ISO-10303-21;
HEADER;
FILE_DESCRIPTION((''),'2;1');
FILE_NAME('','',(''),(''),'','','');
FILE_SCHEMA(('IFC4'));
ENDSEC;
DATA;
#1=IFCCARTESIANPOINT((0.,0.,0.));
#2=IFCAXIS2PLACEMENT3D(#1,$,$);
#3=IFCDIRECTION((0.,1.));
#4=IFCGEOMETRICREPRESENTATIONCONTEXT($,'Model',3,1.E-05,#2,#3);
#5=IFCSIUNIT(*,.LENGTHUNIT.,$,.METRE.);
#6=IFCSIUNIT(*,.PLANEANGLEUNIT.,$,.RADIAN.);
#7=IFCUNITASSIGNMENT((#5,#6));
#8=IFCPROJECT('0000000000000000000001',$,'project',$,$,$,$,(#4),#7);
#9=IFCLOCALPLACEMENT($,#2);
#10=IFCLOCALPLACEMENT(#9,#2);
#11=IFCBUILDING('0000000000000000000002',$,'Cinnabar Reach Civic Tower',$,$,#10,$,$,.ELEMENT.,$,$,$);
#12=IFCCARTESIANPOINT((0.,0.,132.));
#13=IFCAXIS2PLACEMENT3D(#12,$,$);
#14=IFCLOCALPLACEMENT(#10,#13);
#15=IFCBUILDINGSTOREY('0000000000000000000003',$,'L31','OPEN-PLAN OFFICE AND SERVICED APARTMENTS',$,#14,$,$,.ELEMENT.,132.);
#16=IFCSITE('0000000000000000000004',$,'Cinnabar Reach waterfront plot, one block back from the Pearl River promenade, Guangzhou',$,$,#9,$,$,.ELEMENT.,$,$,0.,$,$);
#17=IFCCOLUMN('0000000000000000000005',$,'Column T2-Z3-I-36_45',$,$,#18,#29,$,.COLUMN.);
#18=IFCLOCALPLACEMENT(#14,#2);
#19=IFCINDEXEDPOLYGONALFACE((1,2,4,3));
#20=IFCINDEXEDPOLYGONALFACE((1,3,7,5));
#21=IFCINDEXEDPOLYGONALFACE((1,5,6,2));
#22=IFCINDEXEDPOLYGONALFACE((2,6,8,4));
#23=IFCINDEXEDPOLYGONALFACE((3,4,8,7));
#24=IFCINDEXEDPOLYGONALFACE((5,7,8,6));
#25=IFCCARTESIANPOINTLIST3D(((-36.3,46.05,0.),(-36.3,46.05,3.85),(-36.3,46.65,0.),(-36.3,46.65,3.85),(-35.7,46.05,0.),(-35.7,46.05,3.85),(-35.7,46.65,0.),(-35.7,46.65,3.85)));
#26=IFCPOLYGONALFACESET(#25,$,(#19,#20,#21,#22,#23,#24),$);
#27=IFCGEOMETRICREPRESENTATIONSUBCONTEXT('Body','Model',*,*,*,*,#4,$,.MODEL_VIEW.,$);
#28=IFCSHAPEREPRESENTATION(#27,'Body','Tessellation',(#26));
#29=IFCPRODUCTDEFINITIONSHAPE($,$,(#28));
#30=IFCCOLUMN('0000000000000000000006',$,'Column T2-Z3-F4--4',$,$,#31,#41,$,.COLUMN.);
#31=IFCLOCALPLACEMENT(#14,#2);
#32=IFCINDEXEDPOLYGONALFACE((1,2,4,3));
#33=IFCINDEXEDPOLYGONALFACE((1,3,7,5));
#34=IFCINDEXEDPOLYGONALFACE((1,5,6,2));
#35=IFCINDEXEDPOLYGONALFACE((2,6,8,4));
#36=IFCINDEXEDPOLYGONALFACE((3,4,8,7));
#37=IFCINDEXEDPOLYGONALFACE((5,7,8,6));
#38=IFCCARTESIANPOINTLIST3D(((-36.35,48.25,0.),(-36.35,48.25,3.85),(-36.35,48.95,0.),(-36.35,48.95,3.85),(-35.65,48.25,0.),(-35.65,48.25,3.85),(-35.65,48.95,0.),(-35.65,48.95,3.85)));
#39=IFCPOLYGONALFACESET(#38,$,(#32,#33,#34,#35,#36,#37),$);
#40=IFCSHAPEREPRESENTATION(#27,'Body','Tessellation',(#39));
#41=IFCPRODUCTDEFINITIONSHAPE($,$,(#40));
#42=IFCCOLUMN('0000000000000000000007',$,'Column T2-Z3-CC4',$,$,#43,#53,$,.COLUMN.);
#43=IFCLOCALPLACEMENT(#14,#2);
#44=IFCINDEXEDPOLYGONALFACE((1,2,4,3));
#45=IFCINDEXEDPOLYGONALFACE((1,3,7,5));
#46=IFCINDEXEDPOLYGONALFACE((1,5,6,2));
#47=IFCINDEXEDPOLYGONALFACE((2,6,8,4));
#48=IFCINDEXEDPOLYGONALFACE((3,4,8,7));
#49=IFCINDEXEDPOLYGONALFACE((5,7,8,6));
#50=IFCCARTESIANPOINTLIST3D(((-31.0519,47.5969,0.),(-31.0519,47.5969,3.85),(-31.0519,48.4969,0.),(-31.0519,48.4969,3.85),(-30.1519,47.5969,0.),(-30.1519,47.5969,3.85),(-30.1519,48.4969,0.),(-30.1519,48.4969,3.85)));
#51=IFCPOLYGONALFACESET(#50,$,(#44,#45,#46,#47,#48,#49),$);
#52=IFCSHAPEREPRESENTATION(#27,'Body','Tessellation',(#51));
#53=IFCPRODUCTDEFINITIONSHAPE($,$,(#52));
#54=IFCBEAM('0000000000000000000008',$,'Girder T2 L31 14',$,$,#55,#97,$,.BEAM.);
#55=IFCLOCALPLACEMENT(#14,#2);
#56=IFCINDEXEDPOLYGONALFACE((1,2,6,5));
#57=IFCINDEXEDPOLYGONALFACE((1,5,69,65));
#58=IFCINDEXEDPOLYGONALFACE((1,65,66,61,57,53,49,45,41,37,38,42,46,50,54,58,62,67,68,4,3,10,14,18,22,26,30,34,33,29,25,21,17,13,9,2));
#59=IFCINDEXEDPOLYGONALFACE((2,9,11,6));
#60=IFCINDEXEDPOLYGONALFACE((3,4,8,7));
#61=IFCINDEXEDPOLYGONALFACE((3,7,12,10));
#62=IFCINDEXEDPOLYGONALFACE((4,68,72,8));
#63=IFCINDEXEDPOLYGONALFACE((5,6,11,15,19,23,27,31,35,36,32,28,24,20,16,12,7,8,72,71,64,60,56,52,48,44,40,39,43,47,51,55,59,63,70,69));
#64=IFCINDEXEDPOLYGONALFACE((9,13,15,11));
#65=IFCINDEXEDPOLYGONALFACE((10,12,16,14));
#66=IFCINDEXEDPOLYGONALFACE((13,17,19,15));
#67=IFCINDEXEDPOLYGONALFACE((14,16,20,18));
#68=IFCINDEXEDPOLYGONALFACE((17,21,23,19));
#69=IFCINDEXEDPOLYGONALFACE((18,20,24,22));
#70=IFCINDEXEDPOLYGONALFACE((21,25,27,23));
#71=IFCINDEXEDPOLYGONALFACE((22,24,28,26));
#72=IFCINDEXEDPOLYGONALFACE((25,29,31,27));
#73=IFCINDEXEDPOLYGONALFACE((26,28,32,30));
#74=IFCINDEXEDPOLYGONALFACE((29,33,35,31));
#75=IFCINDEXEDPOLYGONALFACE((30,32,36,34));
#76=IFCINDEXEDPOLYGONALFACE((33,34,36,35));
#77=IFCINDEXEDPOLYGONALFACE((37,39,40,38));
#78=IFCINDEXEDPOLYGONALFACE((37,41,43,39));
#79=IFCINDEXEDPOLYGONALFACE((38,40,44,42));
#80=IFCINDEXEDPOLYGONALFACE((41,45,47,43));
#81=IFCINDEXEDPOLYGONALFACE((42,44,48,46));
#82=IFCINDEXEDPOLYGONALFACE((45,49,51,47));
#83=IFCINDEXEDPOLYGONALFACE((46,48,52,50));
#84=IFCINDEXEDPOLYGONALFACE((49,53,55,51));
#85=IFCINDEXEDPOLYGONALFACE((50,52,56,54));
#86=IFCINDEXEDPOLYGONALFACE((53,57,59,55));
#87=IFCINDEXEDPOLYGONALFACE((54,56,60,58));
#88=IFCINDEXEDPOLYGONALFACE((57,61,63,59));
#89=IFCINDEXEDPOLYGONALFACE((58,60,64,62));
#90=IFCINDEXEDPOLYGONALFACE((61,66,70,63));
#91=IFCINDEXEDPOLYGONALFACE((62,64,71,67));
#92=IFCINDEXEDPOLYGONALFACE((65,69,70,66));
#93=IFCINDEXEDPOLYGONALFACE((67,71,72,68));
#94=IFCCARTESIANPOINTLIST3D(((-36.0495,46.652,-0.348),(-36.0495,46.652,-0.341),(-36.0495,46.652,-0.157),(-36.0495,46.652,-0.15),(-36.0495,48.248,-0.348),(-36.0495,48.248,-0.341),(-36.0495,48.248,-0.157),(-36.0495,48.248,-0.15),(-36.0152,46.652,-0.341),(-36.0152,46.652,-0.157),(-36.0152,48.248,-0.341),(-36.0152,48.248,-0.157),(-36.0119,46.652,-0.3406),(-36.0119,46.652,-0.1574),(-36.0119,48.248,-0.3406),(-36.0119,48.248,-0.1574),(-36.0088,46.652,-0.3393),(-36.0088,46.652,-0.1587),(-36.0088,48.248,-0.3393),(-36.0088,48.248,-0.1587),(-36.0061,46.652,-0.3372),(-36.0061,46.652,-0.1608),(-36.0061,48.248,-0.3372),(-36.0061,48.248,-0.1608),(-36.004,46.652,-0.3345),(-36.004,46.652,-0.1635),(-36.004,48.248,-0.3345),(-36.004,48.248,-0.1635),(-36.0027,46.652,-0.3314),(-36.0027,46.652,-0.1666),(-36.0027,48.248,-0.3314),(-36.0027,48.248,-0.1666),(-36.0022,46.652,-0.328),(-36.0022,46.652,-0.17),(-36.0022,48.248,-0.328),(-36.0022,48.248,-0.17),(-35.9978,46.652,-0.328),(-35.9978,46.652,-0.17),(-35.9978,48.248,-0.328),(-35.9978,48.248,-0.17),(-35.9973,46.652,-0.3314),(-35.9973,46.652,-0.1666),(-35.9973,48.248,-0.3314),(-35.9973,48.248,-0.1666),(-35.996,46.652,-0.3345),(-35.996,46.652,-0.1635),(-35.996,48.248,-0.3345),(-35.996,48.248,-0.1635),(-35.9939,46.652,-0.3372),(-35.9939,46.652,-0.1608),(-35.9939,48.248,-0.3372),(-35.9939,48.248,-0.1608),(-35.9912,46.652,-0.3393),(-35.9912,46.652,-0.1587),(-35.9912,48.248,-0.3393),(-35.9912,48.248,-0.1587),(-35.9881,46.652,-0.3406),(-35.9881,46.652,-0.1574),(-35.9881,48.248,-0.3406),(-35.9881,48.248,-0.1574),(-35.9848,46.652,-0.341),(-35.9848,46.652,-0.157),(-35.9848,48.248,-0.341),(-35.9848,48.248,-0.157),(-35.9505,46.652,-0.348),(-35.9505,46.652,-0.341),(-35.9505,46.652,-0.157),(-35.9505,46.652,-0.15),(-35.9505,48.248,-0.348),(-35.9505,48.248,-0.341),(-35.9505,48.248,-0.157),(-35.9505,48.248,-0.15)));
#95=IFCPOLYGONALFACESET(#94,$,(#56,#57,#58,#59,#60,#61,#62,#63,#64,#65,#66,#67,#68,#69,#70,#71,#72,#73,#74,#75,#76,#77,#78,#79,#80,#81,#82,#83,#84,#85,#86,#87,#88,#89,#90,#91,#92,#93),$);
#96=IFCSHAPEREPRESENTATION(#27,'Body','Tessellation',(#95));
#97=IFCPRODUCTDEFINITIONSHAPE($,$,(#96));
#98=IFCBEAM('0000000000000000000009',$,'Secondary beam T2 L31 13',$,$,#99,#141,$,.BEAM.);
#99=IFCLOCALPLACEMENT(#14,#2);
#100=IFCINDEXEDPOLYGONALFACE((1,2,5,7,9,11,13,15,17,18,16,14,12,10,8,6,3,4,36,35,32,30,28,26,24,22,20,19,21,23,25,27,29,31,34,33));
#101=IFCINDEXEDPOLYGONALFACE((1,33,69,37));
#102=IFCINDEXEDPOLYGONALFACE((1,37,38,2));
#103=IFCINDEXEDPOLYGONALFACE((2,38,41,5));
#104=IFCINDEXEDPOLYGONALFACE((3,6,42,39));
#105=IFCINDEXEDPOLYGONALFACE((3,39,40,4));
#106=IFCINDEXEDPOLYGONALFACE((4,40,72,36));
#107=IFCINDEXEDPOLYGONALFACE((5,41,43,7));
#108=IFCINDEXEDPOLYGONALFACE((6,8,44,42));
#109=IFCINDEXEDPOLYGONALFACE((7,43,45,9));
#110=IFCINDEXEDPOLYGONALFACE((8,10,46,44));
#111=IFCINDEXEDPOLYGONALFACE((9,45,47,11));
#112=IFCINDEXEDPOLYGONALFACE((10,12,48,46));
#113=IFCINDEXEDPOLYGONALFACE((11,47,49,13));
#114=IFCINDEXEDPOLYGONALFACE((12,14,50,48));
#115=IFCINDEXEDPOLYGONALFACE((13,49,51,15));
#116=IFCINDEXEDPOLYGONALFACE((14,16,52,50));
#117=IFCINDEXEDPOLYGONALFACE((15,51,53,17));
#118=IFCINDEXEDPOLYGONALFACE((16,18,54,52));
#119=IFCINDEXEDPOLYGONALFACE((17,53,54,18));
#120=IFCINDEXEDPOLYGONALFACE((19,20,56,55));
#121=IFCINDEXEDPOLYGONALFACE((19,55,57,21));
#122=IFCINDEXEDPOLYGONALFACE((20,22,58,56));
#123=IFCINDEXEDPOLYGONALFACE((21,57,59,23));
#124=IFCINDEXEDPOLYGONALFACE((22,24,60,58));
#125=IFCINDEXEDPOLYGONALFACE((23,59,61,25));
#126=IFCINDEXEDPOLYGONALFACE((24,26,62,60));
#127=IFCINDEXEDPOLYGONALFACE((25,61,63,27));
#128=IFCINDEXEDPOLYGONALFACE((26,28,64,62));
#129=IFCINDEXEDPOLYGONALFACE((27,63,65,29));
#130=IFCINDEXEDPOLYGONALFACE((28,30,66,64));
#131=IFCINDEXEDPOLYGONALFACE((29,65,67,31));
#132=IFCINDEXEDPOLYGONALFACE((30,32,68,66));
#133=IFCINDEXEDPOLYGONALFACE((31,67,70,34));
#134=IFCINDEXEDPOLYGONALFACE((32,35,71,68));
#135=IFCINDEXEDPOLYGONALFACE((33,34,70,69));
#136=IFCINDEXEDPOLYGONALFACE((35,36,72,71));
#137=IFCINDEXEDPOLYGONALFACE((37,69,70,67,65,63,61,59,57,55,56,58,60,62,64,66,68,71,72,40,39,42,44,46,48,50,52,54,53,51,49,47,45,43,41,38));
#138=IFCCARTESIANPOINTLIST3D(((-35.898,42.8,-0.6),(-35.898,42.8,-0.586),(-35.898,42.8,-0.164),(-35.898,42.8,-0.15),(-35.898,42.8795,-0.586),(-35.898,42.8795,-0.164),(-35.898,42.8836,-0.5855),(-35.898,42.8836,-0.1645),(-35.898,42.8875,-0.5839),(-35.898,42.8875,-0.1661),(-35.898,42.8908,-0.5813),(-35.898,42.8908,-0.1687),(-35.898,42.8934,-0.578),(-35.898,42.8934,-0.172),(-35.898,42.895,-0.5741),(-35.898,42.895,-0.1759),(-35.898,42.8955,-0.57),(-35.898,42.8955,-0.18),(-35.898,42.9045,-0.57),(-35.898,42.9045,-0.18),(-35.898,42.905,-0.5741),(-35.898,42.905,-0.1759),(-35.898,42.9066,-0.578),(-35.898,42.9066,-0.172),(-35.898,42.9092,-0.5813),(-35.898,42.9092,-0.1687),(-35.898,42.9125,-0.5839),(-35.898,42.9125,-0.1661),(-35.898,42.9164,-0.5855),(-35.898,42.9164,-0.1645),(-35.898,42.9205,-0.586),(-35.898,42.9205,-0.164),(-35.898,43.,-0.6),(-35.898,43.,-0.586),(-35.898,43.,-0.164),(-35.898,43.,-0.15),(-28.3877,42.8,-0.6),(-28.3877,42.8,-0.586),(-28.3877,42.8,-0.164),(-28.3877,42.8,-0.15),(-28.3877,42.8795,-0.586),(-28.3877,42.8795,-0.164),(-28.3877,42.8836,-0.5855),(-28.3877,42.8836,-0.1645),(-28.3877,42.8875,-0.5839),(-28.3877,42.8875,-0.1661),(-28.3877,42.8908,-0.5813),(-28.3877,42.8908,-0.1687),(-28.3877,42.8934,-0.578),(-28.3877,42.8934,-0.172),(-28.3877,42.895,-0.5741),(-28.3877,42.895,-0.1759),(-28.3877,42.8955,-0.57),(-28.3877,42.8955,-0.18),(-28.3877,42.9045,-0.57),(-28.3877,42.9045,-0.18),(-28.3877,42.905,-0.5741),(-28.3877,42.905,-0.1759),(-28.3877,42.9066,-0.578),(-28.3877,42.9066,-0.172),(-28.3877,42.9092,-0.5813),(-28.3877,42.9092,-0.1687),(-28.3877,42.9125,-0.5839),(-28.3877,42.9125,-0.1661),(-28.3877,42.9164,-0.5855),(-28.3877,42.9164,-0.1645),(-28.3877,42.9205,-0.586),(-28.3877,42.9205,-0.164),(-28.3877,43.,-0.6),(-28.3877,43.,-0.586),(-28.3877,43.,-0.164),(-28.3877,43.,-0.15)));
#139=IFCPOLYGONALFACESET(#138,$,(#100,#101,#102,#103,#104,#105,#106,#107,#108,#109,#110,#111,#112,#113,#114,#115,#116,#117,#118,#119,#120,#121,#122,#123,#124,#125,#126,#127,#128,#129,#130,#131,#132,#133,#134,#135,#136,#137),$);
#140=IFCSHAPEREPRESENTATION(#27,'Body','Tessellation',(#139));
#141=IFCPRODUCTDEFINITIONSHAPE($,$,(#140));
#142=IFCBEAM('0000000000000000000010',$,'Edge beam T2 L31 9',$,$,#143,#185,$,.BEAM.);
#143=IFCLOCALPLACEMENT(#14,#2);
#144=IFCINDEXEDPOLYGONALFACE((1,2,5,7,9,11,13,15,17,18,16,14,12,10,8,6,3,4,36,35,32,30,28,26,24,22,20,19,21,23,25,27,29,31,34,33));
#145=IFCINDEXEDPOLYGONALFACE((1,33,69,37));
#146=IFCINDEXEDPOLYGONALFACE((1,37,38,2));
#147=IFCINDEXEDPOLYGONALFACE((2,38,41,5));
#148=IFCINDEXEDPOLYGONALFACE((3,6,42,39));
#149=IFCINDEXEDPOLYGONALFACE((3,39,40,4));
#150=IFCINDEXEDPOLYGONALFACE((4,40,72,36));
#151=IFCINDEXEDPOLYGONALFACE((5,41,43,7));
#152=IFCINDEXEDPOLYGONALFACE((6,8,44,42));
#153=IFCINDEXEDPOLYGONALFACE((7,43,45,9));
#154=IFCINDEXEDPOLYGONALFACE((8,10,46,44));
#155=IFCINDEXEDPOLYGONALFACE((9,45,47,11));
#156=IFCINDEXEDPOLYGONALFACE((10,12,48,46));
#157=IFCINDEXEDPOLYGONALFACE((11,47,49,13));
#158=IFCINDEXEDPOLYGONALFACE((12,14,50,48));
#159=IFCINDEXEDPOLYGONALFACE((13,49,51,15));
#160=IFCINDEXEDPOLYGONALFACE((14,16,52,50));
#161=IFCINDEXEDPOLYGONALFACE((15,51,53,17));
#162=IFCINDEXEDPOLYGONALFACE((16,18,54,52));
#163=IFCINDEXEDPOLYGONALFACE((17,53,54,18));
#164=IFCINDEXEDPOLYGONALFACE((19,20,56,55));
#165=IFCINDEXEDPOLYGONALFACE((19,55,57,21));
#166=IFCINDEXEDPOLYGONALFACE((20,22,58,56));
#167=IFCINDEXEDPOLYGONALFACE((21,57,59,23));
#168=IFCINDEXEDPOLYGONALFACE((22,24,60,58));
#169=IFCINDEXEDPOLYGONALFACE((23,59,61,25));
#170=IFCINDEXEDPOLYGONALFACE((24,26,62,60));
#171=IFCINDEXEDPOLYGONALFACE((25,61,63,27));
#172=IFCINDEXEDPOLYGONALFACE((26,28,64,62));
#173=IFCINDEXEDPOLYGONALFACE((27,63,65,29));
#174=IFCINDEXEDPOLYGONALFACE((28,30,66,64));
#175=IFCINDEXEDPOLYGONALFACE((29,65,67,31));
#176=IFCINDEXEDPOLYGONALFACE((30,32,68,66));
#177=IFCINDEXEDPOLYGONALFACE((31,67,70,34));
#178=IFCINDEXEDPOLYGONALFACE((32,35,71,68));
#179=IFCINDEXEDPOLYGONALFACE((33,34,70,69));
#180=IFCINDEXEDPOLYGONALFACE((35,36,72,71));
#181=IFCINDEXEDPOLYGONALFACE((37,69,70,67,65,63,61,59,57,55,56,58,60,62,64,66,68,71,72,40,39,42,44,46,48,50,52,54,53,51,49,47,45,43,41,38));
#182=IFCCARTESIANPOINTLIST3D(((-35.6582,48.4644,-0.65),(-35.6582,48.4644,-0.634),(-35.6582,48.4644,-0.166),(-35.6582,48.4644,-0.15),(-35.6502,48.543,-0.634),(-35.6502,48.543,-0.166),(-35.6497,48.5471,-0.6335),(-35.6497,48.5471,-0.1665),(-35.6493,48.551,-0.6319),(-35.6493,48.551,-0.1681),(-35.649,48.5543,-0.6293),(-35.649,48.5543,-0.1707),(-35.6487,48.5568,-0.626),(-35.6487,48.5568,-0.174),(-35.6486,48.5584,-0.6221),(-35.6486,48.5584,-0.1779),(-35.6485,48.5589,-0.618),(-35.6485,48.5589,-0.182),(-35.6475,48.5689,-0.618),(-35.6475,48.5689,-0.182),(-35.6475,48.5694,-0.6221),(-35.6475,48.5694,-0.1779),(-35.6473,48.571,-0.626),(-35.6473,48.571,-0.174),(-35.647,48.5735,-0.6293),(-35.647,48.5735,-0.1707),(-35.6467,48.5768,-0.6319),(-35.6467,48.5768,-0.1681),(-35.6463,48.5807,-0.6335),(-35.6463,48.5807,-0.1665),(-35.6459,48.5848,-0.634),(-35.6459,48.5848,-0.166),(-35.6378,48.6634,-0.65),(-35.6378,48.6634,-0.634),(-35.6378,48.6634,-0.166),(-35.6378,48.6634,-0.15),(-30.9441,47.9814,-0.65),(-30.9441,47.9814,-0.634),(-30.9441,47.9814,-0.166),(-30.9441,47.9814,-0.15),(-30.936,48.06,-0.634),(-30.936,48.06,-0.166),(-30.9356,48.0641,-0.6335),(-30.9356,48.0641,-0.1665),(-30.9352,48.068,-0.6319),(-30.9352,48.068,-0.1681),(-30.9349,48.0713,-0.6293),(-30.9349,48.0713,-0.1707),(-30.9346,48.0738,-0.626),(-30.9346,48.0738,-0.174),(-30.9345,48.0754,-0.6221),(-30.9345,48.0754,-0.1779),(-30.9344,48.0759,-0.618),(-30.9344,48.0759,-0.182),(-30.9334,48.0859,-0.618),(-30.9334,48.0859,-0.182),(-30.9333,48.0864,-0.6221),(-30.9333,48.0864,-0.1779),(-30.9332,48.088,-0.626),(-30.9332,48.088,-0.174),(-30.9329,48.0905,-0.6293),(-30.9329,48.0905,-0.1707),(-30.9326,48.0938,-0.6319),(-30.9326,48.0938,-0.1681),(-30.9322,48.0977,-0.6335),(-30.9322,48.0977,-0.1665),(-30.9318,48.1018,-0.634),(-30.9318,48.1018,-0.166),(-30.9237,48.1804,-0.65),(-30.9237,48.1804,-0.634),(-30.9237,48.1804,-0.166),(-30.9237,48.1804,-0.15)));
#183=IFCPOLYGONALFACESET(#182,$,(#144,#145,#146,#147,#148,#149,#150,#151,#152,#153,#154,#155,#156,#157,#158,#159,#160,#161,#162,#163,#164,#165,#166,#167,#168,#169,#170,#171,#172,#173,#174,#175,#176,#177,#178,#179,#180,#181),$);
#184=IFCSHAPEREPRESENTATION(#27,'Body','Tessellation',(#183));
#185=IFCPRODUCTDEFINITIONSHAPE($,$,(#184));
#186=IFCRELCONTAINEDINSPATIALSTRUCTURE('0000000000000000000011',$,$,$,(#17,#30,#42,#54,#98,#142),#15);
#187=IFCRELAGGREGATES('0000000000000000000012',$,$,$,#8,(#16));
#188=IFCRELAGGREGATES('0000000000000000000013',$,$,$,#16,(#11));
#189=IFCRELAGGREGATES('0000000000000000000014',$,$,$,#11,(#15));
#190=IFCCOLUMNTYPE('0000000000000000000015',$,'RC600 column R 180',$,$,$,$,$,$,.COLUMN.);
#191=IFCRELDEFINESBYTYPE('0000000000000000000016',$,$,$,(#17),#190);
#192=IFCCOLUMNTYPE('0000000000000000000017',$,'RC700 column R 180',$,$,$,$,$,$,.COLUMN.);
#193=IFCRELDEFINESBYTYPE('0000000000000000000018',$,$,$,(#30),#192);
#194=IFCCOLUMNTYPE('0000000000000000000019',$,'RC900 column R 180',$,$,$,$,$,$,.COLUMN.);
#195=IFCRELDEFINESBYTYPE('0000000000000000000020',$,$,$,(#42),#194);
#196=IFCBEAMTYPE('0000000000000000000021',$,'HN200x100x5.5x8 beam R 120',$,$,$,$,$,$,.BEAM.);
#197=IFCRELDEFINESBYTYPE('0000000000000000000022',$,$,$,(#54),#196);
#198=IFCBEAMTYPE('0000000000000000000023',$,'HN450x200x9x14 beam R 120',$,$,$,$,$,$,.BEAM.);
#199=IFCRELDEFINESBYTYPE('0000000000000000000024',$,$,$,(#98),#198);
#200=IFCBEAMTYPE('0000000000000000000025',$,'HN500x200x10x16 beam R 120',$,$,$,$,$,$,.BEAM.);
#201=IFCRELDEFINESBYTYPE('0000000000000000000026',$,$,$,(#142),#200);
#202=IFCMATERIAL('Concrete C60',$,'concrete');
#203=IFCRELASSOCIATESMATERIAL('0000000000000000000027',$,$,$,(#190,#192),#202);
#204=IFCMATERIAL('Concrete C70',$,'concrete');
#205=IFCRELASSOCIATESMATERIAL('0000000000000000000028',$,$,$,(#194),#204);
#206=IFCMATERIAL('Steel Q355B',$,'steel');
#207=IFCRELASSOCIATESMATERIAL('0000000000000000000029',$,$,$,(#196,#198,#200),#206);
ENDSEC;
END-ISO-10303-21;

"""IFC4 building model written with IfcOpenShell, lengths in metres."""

from ifc_helpers import new_model, si_unit, direction, frame, origin, origin_2d, place, context, subcontext, project, spatial, rectangle, i_section, extrude, material, material_profile, profile_set, type_object, element, save


model = new_model("IFC4")

# Units and contexts
model_context = context("Model", 3, precision=1e-05, world=origin(), true_north=direction((0.0, 1.0)))
body_context = subcontext(model_context, "Body", "Model", "MODEL_VIEW")
ifc_project = project(units=[si_unit("LENGTHUNIT", "METRE"), si_unit("PLANEANGLEUNIT", "RADIAN")], contexts=[model_context])

# Site, building, storey
site_placement = place(None, origin())
site = spatial("IfcSite", under=ifc_project, at=site_placement, Name="Cinnabar Reach waterfront plot, one block back from the Pearl River promenade, Guangzhou", CompositionType="ELEMENT", RefElevation=0.0)
building_placement = place(site_placement, origin())
building = spatial("IfcBuilding", under=site, at=building_placement, Name="Cinnabar Reach Civic Tower", CompositionType="ELEMENT")
storey_placement = place(building_placement, frame((0.0, 0.0, 132.0)))
storey = spatial("IfcBuildingStorey", under=building, at=storey_placement, Name="L31", Description="OPEN-PLAN OFFICE AND SERVICED APARTMENTS", CompositionType="ELEMENT", Elevation=132.0)

# Columns
ifc_material_1 = material(Name="Concrete C60", Category="concrete")
ifc_material_profile_1 = material_profile(ifc_material_1, rectangle(XDim=0.6, YDim=0.6, at=origin_2d()), Name="RC600")
ifc_profile_set_1 = profile_set([ifc_material_profile_1], Name="Concrete C60")
column_type_1 = type_object("IfcColumnType", Name="RC600 column R 180", PredefinedType="COLUMN", material=ifc_profile_set_1)
column_1_placement = place(storey_placement, frame((-36.0, 46.35, 0.0), z_axis=(0.0, 0.0, 1.0), x_axis=(1.0, 0.0, 0.0)))
element("IfcColumn", 1, at=column_1_placement, inside=storey, type_object=column_type_1, Name="Column T2-Z3-I-36_45", PredefinedType="COLUMN", context=body_context, shape_type="SweptSolid", body=[
    extrude(rectangle(XDim=0.6, YDim=0.6, at=origin_2d()), origin(), (0.0, 0.0, 1.0), 3.85),
])
ifc_material_profile_2 = material_profile(ifc_material_1, rectangle(XDim=0.7, YDim=0.7, at=origin_2d()), Name="RC700")
ifc_profile_set_2 = profile_set([ifc_material_profile_2], Name="Concrete C60")
column_type_2 = type_object("IfcColumnType", Name="RC700 column R 180", PredefinedType="COLUMN", material=ifc_profile_set_2)
column_2_placement = place(storey_placement, frame((-36.0, 48.6, 0.0), z_axis=(0.0, 0.0, 1.0), x_axis=(1.0, 0.0, 0.0)))
element("IfcColumn", 2, at=column_2_placement, inside=storey, type_object=column_type_2, Name="Column T2-Z3-F4--4", PredefinedType="COLUMN", context=body_context, shape_type="SweptSolid", body=[
    extrude(rectangle(XDim=0.7, YDim=0.7, at=origin_2d()), origin(), (0.0, 0.0, 1.0), 3.85),
])
ifc_material_2 = material(Name="Concrete C70", Category="concrete")
ifc_material_profile_3 = material_profile(ifc_material_2, rectangle(XDim=0.9, YDim=0.9, at=origin_2d()), Name="RC900")
ifc_profile_set_3 = profile_set([ifc_material_profile_3], Name="Concrete C70")
column_type_3 = type_object("IfcColumnType", Name="RC900 column R 180", PredefinedType="COLUMN", material=ifc_profile_set_3)
column_3_placement = place(storey_placement, frame((-30.6019, 48.0469, 0.0), z_axis=(0.0, 0.0, 1.0), x_axis=(1.0, 0.0, 0.0)))
element("IfcColumn", 3, at=column_3_placement, inside=storey, type_object=column_type_3, Name="Column T2-Z3-CC4", PredefinedType="COLUMN", context=body_context, shape_type="SweptSolid", body=[
    extrude(rectangle(XDim=0.9, YDim=0.9, at=origin_2d()), origin(), (0.0, 0.0, 1.0), 3.85),
])

# Beams
ifc_material_3 = material(Name="Steel Q355B", Category="steel")
ifc_material_profile_4 = material_profile(ifc_material_3, i_section(OverallWidth=0.099, OverallDepth=0.198, WebThickness=0.0045, FlangeThickness=0.007, FilletRadius=0.013, at=origin_2d()), Name="HN200x100x5.5x8")
ifc_profile_set_4 = profile_set([ifc_material_profile_4], Name="Steel Q355B")
beam_type_1 = type_object("IfcBeamType", Name="HN200x100x5.5x8 beam R 120", PredefinedType="BEAM", material=ifc_profile_set_4)
beam_1_placement = place(storey_placement, frame((-36.0, 46.652, -0.249), z_axis=(0.0, 1.0, 0.0), x_axis=(-1.0, 0.0, 0.0)))
element("IfcBeam", 4, at=beam_1_placement, inside=storey, type_object=beam_type_1, Name="Girder T2 L31 14", PredefinedType="BEAM", context=body_context, shape_type="SweptSolid", body=[
    extrude(i_section(OverallWidth=0.099, OverallDepth=0.198, WebThickness=0.0045, FlangeThickness=0.007, FilletRadius=0.013, at=origin_2d()), origin(), (0.0, 0.0, 1.0), 1.596),
])
ifc_material_profile_5 = material_profile(ifc_material_3, i_section(OverallWidth=0.2, OverallDepth=0.45, WebThickness=0.009, FlangeThickness=0.014, FilletRadius=0.016, at=origin_2d()), Name="HN450x200x9x14")
ifc_profile_set_5 = profile_set([ifc_material_profile_5], Name="Steel Q355B")
beam_type_2 = type_object("IfcBeamType", Name="HN450x200x9x14 beam R 120", PredefinedType="BEAM", material=ifc_profile_set_5)
beam_2_placement = place(storey_placement, frame((-35.898, 42.9, -0.375), z_axis=(1.0, 0.0, 0.0), x_axis=(0.0, 1.0, 0.0)))
element("IfcBeam", 5, at=beam_2_placement, inside=storey, type_object=beam_type_2, Name="Secondary beam T2 L31 13", PredefinedType="BEAM", context=body_context, shape_type="SweptSolid", body=[
    extrude(i_section(OverallWidth=0.2, OverallDepth=0.45, WebThickness=0.009, FlangeThickness=0.014, FilletRadius=0.016, at=origin_2d()), origin(), (0.0, 0.0, 1.0), 7.5103),
])
ifc_material_profile_6 = material_profile(ifc_material_3, i_section(OverallWidth=0.2, OverallDepth=0.5, WebThickness=0.01, FlangeThickness=0.016, FilletRadius=0.016, at=origin_2d()), Name="HN500x200x10x16")
ifc_profile_set_6 = profile_set([ifc_material_profile_6], Name="Steel Q355B")
beam_type_3 = type_object("IfcBeamType", Name="HN500x200x10x16 beam R 120", PredefinedType="BEAM", material=ifc_profile_set_6)
beam_3_placement = place(storey_placement, frame((-30.9339, 48.0809, -0.4), z_axis=(-0.994792, 0.101925, 0.0), x_axis=(-0.101925, -0.994792, 0.0)))
element("IfcBeam", 6, at=beam_3_placement, inside=storey, type_object=beam_type_3, Name="Edge beam T2 L31 9", PredefinedType="BEAM", context=body_context, shape_type="SweptSolid", body=[
    extrude(i_section(OverallWidth=0.2, OverallDepth=0.5, WebThickness=0.01, FlangeThickness=0.016, FilletRadius=0.016, at=origin_2d()), origin(), (0.0, 0.0, 1.0), 4.7388),
])

save(model, "model.ifc")
